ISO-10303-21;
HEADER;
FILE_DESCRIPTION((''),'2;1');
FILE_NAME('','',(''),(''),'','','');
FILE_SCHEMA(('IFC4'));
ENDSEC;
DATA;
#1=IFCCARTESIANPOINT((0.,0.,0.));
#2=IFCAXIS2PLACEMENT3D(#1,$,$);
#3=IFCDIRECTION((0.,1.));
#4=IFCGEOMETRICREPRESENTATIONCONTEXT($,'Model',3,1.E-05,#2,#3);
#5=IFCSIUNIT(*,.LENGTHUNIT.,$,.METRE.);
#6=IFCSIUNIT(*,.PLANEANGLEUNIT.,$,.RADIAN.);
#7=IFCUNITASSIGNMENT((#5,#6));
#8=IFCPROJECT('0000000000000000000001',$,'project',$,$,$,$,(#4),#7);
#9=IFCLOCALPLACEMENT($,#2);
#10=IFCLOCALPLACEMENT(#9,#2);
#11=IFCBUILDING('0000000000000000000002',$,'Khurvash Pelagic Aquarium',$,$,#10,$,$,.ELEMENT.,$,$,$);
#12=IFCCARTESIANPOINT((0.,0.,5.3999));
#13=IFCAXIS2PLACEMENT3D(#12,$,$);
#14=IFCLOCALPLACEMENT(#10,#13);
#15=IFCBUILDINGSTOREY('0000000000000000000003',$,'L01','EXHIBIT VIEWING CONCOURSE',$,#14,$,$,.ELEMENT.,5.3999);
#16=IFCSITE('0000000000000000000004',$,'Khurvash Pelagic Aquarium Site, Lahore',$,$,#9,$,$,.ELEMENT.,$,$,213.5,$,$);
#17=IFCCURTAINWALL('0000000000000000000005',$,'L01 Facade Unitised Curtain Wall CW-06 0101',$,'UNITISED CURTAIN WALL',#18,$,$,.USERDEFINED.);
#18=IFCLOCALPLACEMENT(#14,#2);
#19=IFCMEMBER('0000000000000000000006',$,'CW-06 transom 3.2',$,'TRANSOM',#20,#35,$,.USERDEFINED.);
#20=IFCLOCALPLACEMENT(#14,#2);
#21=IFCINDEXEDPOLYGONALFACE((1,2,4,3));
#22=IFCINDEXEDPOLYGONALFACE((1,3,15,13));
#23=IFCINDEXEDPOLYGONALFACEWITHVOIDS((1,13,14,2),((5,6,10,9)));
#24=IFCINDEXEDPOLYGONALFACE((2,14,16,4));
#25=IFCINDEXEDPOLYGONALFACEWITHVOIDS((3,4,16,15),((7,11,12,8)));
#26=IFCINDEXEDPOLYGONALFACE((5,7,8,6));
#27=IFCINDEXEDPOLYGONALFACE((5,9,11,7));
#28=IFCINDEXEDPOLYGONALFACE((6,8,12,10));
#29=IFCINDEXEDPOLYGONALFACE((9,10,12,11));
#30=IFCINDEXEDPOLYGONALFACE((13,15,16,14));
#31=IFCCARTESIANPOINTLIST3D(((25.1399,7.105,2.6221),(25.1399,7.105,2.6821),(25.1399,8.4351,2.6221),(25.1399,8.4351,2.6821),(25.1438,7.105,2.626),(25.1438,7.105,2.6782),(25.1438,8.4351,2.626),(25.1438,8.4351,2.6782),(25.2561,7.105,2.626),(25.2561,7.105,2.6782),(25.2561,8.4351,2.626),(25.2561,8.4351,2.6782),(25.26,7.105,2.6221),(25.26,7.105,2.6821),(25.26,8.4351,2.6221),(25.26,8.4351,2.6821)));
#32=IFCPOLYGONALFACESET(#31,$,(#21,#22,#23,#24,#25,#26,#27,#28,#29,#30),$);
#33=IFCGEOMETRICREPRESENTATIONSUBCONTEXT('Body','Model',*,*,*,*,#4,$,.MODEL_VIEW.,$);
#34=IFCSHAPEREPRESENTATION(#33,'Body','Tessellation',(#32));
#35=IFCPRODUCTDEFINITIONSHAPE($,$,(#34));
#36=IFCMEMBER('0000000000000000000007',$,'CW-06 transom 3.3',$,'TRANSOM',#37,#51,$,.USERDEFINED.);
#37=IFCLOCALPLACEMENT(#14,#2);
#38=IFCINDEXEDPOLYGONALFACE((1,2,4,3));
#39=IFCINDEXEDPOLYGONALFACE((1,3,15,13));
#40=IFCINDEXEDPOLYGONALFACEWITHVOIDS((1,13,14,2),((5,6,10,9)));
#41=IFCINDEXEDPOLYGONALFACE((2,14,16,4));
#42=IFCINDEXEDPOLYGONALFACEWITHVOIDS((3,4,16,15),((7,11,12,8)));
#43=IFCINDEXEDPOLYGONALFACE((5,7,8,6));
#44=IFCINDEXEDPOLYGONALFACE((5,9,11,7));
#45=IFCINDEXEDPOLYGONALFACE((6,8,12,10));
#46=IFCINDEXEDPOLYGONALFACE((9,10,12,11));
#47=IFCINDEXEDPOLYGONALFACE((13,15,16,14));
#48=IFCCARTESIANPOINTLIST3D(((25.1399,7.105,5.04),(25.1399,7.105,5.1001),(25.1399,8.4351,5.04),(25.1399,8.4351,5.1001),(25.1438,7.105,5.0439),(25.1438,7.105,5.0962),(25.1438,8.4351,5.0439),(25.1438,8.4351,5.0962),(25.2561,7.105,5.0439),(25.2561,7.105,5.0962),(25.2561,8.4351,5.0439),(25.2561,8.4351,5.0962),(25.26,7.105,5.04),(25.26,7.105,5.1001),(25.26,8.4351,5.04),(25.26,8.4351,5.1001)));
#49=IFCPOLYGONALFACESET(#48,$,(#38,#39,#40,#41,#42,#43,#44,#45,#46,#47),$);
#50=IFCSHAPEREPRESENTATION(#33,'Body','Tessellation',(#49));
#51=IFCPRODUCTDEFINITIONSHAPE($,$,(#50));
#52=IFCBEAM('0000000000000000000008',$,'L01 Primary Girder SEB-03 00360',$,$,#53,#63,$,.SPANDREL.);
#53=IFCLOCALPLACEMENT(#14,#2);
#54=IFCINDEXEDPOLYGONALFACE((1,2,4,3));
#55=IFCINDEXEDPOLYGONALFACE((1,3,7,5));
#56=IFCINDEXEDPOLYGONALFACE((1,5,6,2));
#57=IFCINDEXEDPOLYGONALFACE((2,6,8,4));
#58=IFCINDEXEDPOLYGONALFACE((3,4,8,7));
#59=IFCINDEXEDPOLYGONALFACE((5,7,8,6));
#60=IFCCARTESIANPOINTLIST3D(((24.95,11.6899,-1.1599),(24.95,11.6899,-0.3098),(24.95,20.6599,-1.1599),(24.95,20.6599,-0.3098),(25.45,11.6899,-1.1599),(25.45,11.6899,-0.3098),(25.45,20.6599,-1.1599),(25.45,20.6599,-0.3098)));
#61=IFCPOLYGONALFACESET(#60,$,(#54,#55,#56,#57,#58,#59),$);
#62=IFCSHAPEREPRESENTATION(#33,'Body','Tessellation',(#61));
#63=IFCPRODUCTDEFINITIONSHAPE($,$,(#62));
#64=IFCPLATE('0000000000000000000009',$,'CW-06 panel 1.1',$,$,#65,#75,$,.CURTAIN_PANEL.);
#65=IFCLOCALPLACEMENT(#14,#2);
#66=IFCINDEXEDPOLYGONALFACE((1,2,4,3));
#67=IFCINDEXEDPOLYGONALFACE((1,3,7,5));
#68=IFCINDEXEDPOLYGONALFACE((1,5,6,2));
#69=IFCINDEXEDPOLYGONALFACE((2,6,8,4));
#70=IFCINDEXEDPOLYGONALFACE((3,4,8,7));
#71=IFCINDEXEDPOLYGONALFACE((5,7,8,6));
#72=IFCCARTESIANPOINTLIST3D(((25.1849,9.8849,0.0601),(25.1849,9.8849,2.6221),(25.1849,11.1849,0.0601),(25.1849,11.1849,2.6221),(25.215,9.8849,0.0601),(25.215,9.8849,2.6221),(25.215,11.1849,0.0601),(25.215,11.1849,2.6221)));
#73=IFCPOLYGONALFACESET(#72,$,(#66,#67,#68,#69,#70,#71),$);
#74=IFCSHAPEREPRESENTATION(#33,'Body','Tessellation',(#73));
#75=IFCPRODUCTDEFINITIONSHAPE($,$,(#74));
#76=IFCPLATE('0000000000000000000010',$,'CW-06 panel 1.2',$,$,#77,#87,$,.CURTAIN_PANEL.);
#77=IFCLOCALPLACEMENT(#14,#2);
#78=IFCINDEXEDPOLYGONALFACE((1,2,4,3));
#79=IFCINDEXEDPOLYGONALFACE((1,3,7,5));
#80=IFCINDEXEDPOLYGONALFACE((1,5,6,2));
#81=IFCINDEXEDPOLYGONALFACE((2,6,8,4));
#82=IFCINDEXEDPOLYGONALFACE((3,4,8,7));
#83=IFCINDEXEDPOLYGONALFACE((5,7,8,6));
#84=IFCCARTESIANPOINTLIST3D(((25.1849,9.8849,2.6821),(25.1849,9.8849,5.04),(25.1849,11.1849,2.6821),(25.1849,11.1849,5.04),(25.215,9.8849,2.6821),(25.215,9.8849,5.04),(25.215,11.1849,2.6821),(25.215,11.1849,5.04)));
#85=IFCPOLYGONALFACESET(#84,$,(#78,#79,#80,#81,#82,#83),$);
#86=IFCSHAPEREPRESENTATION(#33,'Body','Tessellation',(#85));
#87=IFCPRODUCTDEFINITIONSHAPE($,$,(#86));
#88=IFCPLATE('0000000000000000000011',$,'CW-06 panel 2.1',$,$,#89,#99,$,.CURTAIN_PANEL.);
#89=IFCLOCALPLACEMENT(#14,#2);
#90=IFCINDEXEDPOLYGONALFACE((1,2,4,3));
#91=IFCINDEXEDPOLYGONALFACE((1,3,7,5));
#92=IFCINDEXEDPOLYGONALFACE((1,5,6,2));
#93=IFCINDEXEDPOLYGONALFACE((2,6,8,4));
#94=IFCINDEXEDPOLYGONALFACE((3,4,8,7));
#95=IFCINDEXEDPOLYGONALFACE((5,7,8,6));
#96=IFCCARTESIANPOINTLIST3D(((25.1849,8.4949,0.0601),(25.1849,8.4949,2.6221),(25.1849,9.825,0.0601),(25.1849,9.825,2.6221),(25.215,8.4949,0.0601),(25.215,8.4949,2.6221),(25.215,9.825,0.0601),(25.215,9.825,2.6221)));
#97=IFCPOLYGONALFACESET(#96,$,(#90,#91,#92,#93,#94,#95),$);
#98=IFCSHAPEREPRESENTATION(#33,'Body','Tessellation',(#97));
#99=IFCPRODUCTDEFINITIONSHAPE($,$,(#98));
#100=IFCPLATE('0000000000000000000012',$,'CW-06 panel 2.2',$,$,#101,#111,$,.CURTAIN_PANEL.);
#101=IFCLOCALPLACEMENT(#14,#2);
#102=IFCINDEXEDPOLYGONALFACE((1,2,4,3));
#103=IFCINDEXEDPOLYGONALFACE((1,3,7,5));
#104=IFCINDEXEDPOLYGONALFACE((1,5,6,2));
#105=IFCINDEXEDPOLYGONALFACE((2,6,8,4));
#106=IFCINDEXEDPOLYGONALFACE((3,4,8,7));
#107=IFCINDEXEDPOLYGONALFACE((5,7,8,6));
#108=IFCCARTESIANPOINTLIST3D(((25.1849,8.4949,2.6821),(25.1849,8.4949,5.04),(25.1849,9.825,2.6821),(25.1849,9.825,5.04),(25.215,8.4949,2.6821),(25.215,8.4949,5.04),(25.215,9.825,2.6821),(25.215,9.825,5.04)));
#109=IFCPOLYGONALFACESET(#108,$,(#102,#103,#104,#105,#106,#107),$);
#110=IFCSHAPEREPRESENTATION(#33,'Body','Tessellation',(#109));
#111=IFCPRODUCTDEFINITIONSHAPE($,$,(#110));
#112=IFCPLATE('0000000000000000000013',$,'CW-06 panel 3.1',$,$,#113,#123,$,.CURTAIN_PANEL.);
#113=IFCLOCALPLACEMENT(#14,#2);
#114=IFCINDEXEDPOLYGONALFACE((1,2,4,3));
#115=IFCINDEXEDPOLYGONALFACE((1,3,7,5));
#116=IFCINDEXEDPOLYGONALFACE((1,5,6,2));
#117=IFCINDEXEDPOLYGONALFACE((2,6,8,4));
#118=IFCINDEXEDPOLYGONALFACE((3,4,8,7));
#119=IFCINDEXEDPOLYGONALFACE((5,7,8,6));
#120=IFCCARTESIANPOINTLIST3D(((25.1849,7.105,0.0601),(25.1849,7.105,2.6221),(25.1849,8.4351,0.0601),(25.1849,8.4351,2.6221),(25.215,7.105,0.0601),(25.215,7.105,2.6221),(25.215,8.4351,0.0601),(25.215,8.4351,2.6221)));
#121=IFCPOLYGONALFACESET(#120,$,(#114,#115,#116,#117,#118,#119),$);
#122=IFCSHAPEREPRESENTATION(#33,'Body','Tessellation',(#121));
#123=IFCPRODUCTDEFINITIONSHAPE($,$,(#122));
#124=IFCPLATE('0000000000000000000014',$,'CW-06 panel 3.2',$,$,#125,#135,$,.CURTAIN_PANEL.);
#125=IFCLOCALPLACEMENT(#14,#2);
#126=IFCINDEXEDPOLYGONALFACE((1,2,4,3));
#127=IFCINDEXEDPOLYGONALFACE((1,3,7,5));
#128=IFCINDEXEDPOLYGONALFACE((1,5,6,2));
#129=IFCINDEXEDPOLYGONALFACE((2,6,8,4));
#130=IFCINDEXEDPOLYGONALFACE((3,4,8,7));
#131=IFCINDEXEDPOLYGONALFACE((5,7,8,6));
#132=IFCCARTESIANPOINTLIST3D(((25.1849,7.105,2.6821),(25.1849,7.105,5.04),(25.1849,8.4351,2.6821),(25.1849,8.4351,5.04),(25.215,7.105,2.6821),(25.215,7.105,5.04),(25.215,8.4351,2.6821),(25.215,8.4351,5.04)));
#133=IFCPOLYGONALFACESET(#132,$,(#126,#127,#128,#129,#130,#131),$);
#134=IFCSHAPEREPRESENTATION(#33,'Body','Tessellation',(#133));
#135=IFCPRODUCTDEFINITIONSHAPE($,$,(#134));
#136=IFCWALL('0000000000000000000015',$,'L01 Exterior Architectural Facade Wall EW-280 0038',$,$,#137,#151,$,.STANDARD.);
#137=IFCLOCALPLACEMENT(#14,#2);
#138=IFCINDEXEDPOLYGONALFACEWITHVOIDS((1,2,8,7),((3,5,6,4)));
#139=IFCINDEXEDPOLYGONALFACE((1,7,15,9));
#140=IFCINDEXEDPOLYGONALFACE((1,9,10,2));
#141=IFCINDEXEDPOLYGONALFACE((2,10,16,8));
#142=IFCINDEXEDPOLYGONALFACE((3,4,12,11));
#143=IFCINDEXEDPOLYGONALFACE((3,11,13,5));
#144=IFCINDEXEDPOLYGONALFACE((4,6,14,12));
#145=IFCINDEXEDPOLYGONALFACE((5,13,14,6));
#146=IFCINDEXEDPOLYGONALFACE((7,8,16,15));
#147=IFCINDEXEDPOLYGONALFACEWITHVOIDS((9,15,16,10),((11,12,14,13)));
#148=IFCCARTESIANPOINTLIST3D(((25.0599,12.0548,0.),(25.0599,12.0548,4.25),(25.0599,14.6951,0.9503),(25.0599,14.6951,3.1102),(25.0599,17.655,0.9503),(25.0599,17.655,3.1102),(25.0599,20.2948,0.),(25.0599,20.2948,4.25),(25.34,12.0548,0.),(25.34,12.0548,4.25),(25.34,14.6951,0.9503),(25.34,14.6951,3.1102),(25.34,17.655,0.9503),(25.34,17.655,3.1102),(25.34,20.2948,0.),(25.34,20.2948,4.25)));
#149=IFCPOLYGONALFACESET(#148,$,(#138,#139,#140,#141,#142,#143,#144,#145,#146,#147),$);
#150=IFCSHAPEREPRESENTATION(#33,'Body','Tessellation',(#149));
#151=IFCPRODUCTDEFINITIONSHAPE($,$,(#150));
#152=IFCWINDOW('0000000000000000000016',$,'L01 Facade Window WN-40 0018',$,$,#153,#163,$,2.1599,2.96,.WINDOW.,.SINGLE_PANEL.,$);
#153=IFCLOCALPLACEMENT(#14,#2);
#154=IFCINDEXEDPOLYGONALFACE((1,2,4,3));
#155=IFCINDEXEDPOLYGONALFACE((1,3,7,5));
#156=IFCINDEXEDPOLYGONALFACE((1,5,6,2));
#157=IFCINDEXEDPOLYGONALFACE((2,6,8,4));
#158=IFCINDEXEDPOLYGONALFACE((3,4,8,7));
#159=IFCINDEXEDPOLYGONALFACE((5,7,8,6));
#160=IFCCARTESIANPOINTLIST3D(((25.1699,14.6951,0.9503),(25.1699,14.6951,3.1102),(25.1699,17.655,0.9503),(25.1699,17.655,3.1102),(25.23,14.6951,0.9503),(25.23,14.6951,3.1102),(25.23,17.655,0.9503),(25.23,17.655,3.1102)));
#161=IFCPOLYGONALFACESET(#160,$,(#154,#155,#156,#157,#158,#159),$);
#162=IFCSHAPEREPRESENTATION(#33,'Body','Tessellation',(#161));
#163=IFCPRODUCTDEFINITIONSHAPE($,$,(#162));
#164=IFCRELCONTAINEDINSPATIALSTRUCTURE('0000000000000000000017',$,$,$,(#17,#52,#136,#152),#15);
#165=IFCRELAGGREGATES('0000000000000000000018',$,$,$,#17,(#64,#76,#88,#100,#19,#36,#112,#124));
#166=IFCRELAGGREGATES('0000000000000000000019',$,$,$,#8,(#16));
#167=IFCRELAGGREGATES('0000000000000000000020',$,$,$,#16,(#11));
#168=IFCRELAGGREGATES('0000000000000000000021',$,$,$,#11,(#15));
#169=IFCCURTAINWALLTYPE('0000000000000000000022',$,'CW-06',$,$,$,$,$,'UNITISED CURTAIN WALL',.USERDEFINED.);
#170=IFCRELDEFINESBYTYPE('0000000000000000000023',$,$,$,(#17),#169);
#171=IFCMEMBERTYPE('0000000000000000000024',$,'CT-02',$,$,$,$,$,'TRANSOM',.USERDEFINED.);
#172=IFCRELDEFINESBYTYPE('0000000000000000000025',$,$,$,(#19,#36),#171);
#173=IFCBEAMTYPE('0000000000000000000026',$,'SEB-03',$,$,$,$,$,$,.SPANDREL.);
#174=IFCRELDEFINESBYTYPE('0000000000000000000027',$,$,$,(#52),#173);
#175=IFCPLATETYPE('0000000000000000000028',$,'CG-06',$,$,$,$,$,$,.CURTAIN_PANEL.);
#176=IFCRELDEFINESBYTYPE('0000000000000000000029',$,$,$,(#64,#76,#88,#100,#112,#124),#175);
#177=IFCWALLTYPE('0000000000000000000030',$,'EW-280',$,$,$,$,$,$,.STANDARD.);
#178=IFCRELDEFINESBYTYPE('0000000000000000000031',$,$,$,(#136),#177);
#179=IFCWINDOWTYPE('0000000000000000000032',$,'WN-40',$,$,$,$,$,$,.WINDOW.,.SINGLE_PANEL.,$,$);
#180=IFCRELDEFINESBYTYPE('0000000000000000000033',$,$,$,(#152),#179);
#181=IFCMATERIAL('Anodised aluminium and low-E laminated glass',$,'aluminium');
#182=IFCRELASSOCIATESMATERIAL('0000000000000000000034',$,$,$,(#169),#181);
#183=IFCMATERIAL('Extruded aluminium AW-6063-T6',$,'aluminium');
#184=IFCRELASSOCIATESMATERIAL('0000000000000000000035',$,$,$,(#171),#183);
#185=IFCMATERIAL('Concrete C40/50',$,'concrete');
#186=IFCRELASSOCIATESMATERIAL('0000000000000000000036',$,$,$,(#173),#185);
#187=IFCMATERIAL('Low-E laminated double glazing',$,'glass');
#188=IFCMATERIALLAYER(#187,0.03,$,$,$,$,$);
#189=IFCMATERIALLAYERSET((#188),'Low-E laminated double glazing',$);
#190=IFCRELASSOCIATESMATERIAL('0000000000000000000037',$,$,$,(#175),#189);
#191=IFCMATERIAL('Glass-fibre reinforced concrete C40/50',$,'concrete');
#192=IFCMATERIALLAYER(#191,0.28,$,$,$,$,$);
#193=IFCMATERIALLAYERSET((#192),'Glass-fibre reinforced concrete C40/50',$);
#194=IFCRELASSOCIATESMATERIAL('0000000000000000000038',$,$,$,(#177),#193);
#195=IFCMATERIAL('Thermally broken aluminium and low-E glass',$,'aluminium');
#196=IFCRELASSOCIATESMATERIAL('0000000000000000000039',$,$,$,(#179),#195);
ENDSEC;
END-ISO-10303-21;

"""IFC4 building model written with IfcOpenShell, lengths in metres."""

from ifc_helpers import new_model, si_unit, direction, frame, frame_2d, origin, origin_2d, place, context, subcontext, project, spatial, rectangle, hollow_rectangle, extrude, material, layer, layer_set, material_profile, profile_set, type_object, element, fill, aggregate, save


model = new_model("IFC4")

# Units and contexts
model_context = context("Model", 3, precision=1e-05, world=origin(), true_north=direction((0.0, 1.0)))
body_context = subcontext(model_context, "Body", "Model", "MODEL_VIEW")
ifc_project = project(units=[si_unit("LENGTHUNIT", "METRE"), si_unit("PLANEANGLEUNIT", "RADIAN")], contexts=[model_context])

# Site, building, storey
site_placement = place(None, origin())
site = spatial("IfcSite", under=ifc_project, at=site_placement, Name="Khurvash Pelagic Aquarium Site, Lahore", CompositionType="ELEMENT", RefElevation=213.5)
building_placement = place(site_placement, origin())
building = spatial("IfcBuilding", under=site, at=building_placement, Name="Khurvash Pelagic Aquarium", CompositionType="ELEMENT")
storey_placement = place(building_placement, frame((0.0, 0.0, 5.3999)))
storey = spatial("IfcBuildingStorey", under=building, at=storey_placement, Name="L01", Description="EXHIBIT VIEWING CONCOURSE", CompositionType="ELEMENT", Elevation=5.3999)

# Shared definitions
ifc_material_1 = material(Name="Concrete C40/50", Category="concrete")

# Curtain wall, members
ifc_material_2 = material(Name="Anodised aluminium and low-E laminated glass", Category="aluminium")
curtain_wall_type = type_object("IfcCurtainWallType", Name="CW-06", ElementType="UNITISED CURTAIN WALL", PredefinedType="USERDEFINED", material=ifc_material_2)
curtain_wall_placement = place(storey_placement, origin())
curtain_wall = element("IfcCurtainWall", 1, at=curtain_wall_placement, inside=storey, type_object=curtain_wall_type, Name="L01 Facade Unitised Curtain Wall CW-06 0101", ObjectType="UNITISED CURTAIN WALL", PredefinedType="USERDEFINED")
ifc_material_3 = material(Name="Extruded aluminium AW-6063-T6", Category="aluminium")
ifc_material_profile_1 = material_profile(ifc_material_3, hollow_rectangle(XDim=0.1201, YDim=0.0601, WallThickness=0.0039, at=origin_2d()), Name="CWT120X60X4")
ifc_profile_set_1 = profile_set([ifc_material_profile_1], Name="Extruded aluminium AW-6063-T6")
member_type_1 = type_object("IfcMemberType", Name="CT-02", ElementType="TRANSOM", PredefinedType="USERDEFINED", material=ifc_profile_set_1)
member_1_placement = place(storey_placement, frame((25.2, 8.4351, 2.6521), z_axis=(0.0, -1.0, 0.0), x_axis=(1.0, 0.0, 0.0)))
member_1 = element("IfcMember", 2, at=member_1_placement, type_object=member_type_1, Name="CW-06 transom 3.2", ObjectType="TRANSOM", PredefinedType="USERDEFINED", context=body_context, shape_type="SweptSolid", body=[
    extrude(hollow_rectangle(XDim=0.1201, YDim=0.0601, WallThickness=0.0039, at=origin_2d()), origin(), (0.0, 0.0, 1.0), 1.3301),
])
member_2_placement = place(storey_placement, frame((25.2, 8.4351, 5.0701), z_axis=(0.0, -1.0, 0.0), x_axis=(1.0, 0.0, 0.0)))
member_2 = element("IfcMember", 3, at=member_2_placement, type_object=member_type_1, Name="CW-06 transom 3.3", ObjectType="TRANSOM", PredefinedType="USERDEFINED", context=body_context, shape_type="SweptSolid", body=[
    extrude(hollow_rectangle(XDim=0.1201, YDim=0.0601, WallThickness=0.0039, at=origin_2d()), origin(), (0.0, 0.0, 1.0), 1.3301),
])

# Beam
ifc_material_profile_2 = material_profile(ifc_material_1, rectangle(XDim=0.5, YDim=0.8501, at=origin_2d()), Name="RC500X850")
ifc_profile_set_2 = profile_set([ifc_material_profile_2], Name="Concrete C40/50")
beam_type = type_object("IfcBeamType", Name="SEB-03", PredefinedType="SPANDREL", material=ifc_profile_set_2)
beam_placement = place(storey_placement, frame((25.2, 11.6899, -0.7349), z_axis=(0.0, 1.0, 0.0), x_axis=(-1.0, 0.0, 0.0)))
element("IfcBeam", 4, at=beam_placement, inside=storey, type_object=beam_type, Name="L01 Primary Girder SEB-03 00360", PredefinedType="SPANDREL", context=body_context, shape_type="SweptSolid", body=[
    extrude(rectangle(XDim=0.5, YDim=0.8501, at=origin_2d()), origin(), (0.0, 0.0, 1.0), 8.97),
])

# Plates
ifc_material_4 = material(Name="Low-E laminated double glazing", Category="glass")
ifc_layer_1 = layer(ifc_material_4, 0.03)
ifc_layer_set_1 = layer_set([ifc_layer_1], Name="Low-E laminated double glazing")
plate_type = type_object("IfcPlateType", Name="CG-06", PredefinedType="CURTAIN_PANEL", material=ifc_layer_set_1)
plate_1_placement = place(storey_placement, frame((25.2, 10.5349, 0.0601), z_axis=(0.0, 0.0, 1.0), x_axis=(0.0, -1.0, 0.0)))
plate_1 = element("IfcPlate", 5, at=plate_1_placement, type_object=plate_type, Name="CW-06 panel 1.1", PredefinedType="CURTAIN_PANEL", context=body_context, shape_type="SweptSolid", body=[
    extrude(rectangle(XDim=1.3, YDim=0.03, at=origin_2d()), origin(), (0.0, 0.0, 1.0), 2.562),
])
plate_2_placement = place(storey_placement, frame((25.2, 10.5349, 2.6821), z_axis=(0.0, 0.0, 1.0), x_axis=(0.0, -1.0, 0.0)))
plate_2 = element("IfcPlate", 6, at=plate_2_placement, type_object=plate_type, Name="CW-06 panel 1.2", PredefinedType="CURTAIN_PANEL", context=body_context, shape_type="SweptSolid", body=[
    extrude(rectangle(XDim=1.3, YDim=0.03, at=origin_2d()), origin(), (0.0, 0.0, 1.0), 2.3579),
])
plate_3_placement = place(storey_placement, frame((25.2, 9.1599, 0.0601), z_axis=(0.0, 0.0, 1.0), x_axis=(0.0, -1.0, 0.0)))
plate_3 = element("IfcPlate", 7, at=plate_3_placement, type_object=plate_type, Name="CW-06 panel 2.1", PredefinedType="CURTAIN_PANEL", context=body_context, shape_type="SweptSolid", body=[
    extrude(rectangle(XDim=1.3301, YDim=0.03, at=origin_2d()), origin(), (0.0, 0.0, 1.0), 2.562),
])
plate_4_placement = place(storey_placement, frame((25.2, 9.1599, 2.6821), z_axis=(0.0, 0.0, 1.0), x_axis=(0.0, -1.0, 0.0)))
plate_4 = element("IfcPlate", 8, at=plate_4_placement, type_object=plate_type, Name="CW-06 panel 2.2", PredefinedType="CURTAIN_PANEL", context=body_context, shape_type="SweptSolid", body=[
    extrude(rectangle(XDim=1.3301, YDim=0.03, at=origin_2d()), origin(), (0.0, 0.0, 1.0), 2.3579),
])
plate_5_placement = place(storey_placement, frame((25.2, 7.77, 0.0601), z_axis=(0.0, 0.0, 1.0), x_axis=(0.0, -1.0, 0.0)))
plate_5 = element("IfcPlate", 9, at=plate_5_placement, type_object=plate_type, Name="CW-06 panel 3.1", PredefinedType="CURTAIN_PANEL", context=body_context, shape_type="SweptSolid", body=[
    extrude(rectangle(XDim=1.3301, YDim=0.03, at=origin_2d()), origin(), (0.0, 0.0, 1.0), 2.562),
])
plate_6_placement = place(storey_placement, frame((25.2, 7.77, 2.6821), z_axis=(0.0, 0.0, 1.0), x_axis=(0.0, -1.0, 0.0)))
plate_6 = element("IfcPlate", 10, at=plate_6_placement, type_object=plate_type, Name="CW-06 panel 3.2", PredefinedType="CURTAIN_PANEL", context=body_context, shape_type="SweptSolid", body=[
    extrude(rectangle(XDim=1.3301, YDim=0.03, at=origin_2d()), origin(), (0.0, 0.0, 1.0), 2.3579),
])
aggregate(curtain_wall, [plate_1, plate_2, plate_3, plate_4, member_1, member_2, plate_5, plate_6])

# Wall, opening, window
ifc_material_5 = material(Name="Glass-fibre reinforced concrete C40/50", Category="concrete")
ifc_layer_2 = layer(ifc_material_5, 0.28)
ifc_layer_set_2 = layer_set([ifc_layer_2], Name="Glass-fibre reinforced concrete C40/50")
wall_type = type_object("IfcWallType", Name="EW-280", PredefinedType="STANDARD", material=ifc_layer_set_2)
wall_placement = place(storey_placement, frame((25.2, 20.2949, 0.0), z_axis=(0.0, 0.0, 1.0), x_axis=(0.0, -1.0, 0.0)))
wall = element("IfcWall", 11, at=wall_placement, inside=storey, type_object=wall_type, Name="L01 Exterior Architectural Facade Wall EW-280 0038", PredefinedType="STANDARD", context=body_context, shape_type="SweptSolid", body=[
    extrude(rectangle(XDim=8.24, YDim=0.28, at=frame_2d((4.1201, 0.0))), origin(), (0.0, 0.0, 1.0), 4.25),
])
opening_placement = place(wall_placement, frame((2.6399, 0.0, 0.9502)))
opening = element("IfcOpeningElement", 12, at=opening_placement, cuts=wall, PredefinedType="OPENING", context=body_context, shape_type="SweptSolid", body=[
    extrude(rectangle(XDim=2.96, YDim=2.1599, at=frame_2d((1.48, 1.0801))), frame((0.0, 0.1499, 0.0), z_axis=(0.0, -1.0, 0.0), x_axis=(1.0, 0.0, 0.0)), (0.0, 0.0, 1.0), 0.3),
])
ifc_material_6 = material(Name="Thermally broken aluminium and low-E glass", Category="aluminium")
window_type = type_object("IfcWindowType", Name="WN-40", PartitioningType="SINGLE_PANEL", PredefinedType="WINDOW", material=ifc_material_6)
window_placement = place(opening_placement, origin())
window = element("IfcWindow", 13, at=window_placement, inside=storey, type_object=window_type, Name="L01 Facade Window WN-40 0018", OverallHeight=2.1599, OverallWidth=2.96, PartitioningType="SINGLE_PANEL", PredefinedType="WINDOW", context=body_context, shape_type="SweptSolid", body=[
    extrude(rectangle(XDim=2.96, YDim=2.1599, at=frame_2d((1.48, 1.0801))), frame((0.0, 0.03, 0.0), z_axis=(0.0, -1.0, 0.0), x_axis=(1.0, 0.0, 0.0)), (0.0, 0.0, 1.0), 0.0601),
])
fill(opening, window)

save(model, "model.ifc")
